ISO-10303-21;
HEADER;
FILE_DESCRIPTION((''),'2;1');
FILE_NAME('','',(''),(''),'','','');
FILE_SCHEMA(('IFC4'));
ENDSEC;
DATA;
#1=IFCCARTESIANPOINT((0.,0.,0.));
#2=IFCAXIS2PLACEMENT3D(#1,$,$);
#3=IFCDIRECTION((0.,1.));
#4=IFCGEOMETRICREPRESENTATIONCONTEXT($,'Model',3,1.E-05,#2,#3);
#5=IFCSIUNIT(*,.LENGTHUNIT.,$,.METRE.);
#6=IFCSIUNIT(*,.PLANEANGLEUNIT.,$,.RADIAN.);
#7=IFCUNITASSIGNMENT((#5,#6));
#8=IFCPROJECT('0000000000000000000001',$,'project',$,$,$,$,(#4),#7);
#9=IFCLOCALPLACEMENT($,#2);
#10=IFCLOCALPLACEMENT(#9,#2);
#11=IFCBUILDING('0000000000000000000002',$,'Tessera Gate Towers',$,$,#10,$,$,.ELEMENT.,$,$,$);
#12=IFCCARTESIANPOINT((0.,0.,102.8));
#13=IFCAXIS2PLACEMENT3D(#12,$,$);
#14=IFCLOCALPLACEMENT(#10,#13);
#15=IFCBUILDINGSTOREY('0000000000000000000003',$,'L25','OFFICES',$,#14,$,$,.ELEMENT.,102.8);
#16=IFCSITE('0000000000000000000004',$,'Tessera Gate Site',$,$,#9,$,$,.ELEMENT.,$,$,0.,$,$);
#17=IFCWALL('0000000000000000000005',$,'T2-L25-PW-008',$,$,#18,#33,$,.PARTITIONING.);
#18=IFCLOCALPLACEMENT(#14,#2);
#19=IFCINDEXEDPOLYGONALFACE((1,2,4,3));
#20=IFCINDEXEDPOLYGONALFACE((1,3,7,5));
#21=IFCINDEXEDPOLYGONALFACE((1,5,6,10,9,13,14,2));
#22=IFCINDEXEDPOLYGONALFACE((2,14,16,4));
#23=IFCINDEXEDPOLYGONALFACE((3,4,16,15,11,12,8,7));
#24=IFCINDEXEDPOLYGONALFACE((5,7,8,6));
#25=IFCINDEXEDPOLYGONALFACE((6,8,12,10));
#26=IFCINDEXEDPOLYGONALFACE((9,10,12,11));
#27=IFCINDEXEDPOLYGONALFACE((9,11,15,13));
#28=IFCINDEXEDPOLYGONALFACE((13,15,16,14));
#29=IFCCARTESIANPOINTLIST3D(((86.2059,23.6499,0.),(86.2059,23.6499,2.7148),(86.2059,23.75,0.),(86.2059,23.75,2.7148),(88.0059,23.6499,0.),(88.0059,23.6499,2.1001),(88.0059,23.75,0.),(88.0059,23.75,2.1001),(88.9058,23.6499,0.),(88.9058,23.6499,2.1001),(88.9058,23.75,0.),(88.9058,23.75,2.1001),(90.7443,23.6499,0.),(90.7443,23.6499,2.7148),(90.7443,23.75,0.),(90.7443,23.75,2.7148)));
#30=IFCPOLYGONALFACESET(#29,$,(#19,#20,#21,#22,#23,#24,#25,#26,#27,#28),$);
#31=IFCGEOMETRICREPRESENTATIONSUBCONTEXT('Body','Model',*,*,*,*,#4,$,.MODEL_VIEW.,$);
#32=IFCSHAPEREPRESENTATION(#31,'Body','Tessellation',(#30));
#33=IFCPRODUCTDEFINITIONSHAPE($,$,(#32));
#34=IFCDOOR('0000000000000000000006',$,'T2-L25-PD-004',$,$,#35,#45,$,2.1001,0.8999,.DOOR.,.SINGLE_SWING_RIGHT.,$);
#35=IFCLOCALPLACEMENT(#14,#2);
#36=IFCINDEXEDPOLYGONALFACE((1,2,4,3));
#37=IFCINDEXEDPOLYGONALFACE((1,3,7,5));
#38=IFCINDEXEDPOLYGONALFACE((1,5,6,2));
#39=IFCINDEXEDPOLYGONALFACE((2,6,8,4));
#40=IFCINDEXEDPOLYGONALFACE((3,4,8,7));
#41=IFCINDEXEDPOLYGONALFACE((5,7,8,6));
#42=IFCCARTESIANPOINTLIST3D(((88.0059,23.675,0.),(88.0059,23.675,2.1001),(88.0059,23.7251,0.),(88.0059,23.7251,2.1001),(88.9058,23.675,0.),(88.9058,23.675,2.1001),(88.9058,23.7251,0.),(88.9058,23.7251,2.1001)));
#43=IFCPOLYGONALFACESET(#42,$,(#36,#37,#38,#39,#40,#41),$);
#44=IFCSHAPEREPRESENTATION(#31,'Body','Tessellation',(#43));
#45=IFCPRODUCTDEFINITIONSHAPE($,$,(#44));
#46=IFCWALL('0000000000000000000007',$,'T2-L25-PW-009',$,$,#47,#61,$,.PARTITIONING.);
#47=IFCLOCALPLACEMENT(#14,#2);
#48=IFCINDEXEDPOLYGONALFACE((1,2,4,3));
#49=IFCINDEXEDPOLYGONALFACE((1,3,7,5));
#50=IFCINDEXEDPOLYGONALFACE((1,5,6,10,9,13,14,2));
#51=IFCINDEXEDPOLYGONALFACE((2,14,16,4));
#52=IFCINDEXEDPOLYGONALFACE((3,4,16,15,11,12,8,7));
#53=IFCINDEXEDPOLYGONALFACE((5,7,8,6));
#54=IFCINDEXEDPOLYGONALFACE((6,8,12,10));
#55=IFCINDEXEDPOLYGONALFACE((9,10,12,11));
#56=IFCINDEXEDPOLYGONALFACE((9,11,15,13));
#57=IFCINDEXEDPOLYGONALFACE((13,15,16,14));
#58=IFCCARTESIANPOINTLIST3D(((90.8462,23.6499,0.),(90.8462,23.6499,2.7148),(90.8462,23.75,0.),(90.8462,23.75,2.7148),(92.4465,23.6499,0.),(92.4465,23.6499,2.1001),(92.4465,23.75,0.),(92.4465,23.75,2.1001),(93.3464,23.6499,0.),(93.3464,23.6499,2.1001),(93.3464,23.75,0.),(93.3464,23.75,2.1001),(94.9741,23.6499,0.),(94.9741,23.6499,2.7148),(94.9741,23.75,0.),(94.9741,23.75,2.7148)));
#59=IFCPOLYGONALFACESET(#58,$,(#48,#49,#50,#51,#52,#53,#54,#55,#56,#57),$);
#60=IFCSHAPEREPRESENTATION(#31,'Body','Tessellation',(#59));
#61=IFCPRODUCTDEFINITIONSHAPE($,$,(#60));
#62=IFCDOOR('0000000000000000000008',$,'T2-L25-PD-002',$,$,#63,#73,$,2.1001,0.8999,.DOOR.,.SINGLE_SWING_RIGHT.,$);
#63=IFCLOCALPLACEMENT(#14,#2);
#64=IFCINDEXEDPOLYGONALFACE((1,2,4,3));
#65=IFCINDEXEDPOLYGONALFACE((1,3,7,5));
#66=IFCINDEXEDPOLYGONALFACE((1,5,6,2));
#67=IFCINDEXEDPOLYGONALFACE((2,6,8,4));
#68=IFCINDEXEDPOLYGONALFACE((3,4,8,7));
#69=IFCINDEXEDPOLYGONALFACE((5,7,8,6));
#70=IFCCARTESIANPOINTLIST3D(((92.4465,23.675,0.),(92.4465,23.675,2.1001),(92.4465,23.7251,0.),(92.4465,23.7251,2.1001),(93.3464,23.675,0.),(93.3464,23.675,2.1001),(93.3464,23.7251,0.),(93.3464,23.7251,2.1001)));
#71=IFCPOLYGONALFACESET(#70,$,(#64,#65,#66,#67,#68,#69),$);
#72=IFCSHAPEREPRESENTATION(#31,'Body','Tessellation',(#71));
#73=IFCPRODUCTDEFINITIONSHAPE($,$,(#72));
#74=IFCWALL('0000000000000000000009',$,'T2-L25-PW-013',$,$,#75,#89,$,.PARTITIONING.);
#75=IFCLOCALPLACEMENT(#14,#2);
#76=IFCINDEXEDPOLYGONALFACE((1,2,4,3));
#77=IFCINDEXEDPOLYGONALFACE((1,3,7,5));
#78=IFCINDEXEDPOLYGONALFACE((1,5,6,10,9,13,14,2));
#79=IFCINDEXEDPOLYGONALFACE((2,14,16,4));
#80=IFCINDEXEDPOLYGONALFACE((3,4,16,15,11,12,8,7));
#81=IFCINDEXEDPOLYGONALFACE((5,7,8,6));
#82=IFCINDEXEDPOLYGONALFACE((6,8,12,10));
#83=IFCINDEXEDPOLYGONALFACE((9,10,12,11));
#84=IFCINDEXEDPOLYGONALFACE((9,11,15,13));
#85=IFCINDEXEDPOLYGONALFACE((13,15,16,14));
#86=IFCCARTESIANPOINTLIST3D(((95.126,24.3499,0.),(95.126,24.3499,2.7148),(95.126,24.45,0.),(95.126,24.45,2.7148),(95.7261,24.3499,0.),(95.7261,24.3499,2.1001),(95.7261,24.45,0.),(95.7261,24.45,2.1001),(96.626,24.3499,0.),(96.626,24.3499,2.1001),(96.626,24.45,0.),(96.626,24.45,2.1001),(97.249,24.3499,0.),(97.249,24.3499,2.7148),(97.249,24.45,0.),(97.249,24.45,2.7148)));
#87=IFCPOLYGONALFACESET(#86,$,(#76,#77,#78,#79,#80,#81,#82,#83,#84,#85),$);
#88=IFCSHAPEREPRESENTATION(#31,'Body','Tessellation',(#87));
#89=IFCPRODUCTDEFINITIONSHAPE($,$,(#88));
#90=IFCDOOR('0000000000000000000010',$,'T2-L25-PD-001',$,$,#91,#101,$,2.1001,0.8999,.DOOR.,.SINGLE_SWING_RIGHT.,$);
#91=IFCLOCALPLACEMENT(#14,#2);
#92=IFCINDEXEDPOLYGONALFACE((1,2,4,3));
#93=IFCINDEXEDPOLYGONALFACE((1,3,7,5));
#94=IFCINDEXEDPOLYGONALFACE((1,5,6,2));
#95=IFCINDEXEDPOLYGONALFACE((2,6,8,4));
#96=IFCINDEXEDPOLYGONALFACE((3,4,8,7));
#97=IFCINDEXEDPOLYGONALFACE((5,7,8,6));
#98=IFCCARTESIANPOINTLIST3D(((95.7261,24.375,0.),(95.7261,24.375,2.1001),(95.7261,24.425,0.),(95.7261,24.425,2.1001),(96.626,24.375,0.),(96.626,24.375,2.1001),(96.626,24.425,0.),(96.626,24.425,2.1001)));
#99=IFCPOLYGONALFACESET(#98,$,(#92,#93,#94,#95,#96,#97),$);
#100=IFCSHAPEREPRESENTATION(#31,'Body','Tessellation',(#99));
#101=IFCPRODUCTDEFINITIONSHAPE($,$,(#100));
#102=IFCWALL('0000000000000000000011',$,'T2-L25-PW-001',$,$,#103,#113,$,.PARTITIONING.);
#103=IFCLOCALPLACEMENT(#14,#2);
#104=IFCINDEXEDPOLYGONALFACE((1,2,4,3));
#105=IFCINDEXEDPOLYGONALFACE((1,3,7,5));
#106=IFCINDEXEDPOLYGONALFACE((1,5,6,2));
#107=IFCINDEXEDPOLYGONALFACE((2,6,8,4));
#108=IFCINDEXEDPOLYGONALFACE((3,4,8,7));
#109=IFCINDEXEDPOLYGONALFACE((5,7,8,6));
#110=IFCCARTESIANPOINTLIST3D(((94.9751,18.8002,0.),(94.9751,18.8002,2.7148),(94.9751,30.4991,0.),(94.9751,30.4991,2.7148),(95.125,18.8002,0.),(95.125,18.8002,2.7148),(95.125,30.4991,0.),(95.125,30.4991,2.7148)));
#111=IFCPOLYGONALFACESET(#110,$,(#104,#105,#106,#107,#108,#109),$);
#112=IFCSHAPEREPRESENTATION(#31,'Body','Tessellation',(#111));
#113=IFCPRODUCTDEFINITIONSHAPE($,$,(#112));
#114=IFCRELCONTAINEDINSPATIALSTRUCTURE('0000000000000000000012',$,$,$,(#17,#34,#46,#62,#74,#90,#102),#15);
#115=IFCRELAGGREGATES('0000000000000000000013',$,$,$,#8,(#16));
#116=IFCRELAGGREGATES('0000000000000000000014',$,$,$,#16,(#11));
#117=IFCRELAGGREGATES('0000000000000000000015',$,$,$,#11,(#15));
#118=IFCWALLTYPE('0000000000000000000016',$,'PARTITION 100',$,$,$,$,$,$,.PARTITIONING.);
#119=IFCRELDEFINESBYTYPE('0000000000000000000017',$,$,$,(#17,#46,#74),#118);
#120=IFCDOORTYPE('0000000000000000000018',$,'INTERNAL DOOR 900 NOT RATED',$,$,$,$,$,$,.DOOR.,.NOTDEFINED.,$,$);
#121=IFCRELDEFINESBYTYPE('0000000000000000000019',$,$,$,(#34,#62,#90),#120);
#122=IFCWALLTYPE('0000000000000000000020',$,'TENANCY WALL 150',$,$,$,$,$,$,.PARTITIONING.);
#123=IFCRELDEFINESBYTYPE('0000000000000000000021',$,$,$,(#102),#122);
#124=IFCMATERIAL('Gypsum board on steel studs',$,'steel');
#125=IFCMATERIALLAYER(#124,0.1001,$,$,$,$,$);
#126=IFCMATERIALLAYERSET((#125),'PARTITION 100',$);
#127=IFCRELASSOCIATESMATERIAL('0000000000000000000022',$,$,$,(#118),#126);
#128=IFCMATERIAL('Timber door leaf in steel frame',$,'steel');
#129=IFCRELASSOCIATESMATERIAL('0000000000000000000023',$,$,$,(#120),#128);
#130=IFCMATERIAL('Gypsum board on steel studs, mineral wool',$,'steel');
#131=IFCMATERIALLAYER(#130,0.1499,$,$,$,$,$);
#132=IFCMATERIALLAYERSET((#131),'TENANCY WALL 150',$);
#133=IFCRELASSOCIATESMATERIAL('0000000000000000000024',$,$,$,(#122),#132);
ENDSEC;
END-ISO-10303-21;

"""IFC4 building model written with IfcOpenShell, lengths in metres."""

from ifc_helpers import new_model, si_unit, direction, frame, frame_2d, origin, place, context, subcontext, project, spatial, rectangle, extrude, source, transform, mapped, material, layer, layer_set, type_object, element, fill, save


model = new_model("IFC4")

# Units and contexts
model_context = context("Model", 3, precision=1e-05, world=origin(), true_north=direction((0.0, 1.0)))
body_context = subcontext(model_context, "Body", "Model", "MODEL_VIEW")
ifc_project = project(units=[si_unit("LENGTHUNIT", "METRE"), si_unit("PLANEANGLEUNIT", "RADIAN")], contexts=[model_context])

# Site, building, storey
site_placement = place(None, origin())
site = spatial("IfcSite", under=ifc_project, at=site_placement, Name="Tessera Gate Site", CompositionType="ELEMENT", RefElevation=0.0)
building_placement = place(site_placement, origin())
building = spatial("IfcBuilding", under=site, at=building_placement, Name="Tessera Gate Towers", CompositionType="ELEMENT")
storey_placement = place(building_placement, frame((0.0, 0.0, 102.8)))
storey = spatial("IfcBuildingStorey", under=building, at=storey_placement, Name="L25", Description="OFFICES", CompositionType="ELEMENT", Elevation=102.8)

# Shared definitions
ifc_material_1 = material(Name="Gypsum board on steel studs", Category="steel")
ifc_layer_1 = layer(ifc_material_1, 0.1001)
ifc_layer_set_1 = layer_set([ifc_layer_1], Name="PARTITION 100")
wall_type_1 = type_object("IfcWallType", Name="PARTITION 100", PredefinedType="PARTITIONING", material=ifc_layer_set_1)

# Walls, openings, doors
wall_1_placement = place(storey_placement, frame((90.7441, 23.7, 0.0), z_axis=(0.0, 0.0, 1.0), x_axis=(-1.0, 0.0, 0.0)))
wall_1 = element("IfcWall", 1, at=wall_1_placement, inside=storey, type_object=wall_type_1, Name="T2-L25-PW-008", PredefinedType="PARTITIONING", context=body_context, shape_type="SweptSolid", body=[
    extrude(rectangle(XDim=4.5383, YDim=0.1001, at=frame_2d((2.269, 0.0))), origin(), (0.0, 0.0, 1.0), 2.7148),
])
shared_shape_1 = source(origin(), body_context, "Body", "SweptSolid", [
    extrude(rectangle(XDim=0.8999, YDim=2.1001, at=frame_2d((0.45, 1.05))), frame((0.0, 0.0601, 0.0), z_axis=(0.0, -1.0, 0.0), x_axis=(1.0, 0.0, 0.0)), (0.0, 0.0, 1.0), 0.1201),
])
opening_1_placement = place(wall_1_placement, frame((1.8384, 0.0, 0.0)))
opening_1 = element("IfcOpeningElement", 2, at=opening_1_placement, cuts=wall_1, PredefinedType="OPENING", context=body_context, shape_type="MappedRepresentation", body=[
    mapped(shared_shape_1, transform((0.0, 0.0, 0.0), scale=1.0)),
])
ifc_material_2 = material(Name="Timber door leaf in steel frame", Category="steel")
door_type = type_object("IfcDoorType", Name="INTERNAL DOOR 900 NOT RATED", OperationType="NOTDEFINED", PredefinedType="DOOR", material=ifc_material_2)
shared_shape_2 = source(origin(), body_context, "Body", "SweptSolid", [
    extrude(rectangle(XDim=0.8999, YDim=2.1001, at=frame_2d((0.45, 1.05))), frame((0.0, 0.0249, 0.0), z_axis=(0.0, -1.0, 0.0), x_axis=(1.0, 0.0, 0.0)), (0.0, 0.0, 1.0), 0.05),
])
door_1_placement = place(opening_1_placement, origin())
door_1 = element("IfcDoor", 3, at=door_1_placement, inside=storey, type_object=door_type, Name="T2-L25-PD-004", OperationType="SINGLE_SWING_RIGHT", OverallHeight=2.1001, OverallWidth=0.8999, PredefinedType="DOOR", context=body_context, shape_type="MappedRepresentation", body=[
    mapped(shared_shape_2, transform((0.0, 0.0, 0.0), scale=1.0)),
])
fill(opening_1, door_1)
wall_2_placement = place(storey_placement, frame((94.9741, 23.7, 0.0), z_axis=(0.0, 0.0, 1.0), x_axis=(-1.0, 0.0, 0.0)))
wall_2 = element("IfcWall", 4, at=wall_2_placement, inside=storey, type_object=wall_type_1, Name="T2-L25-PW-009", PredefinedType="PARTITIONING", context=body_context, shape_type="SweptSolid", body=[
    extrude(rectangle(XDim=4.1279, YDim=0.1001, at=frame_2d((2.064, 0.0))), origin(), (0.0, 0.0, 1.0), 2.7148),
])
opening_2_placement = place(wall_2_placement, frame((1.6277, 0.0, 0.0)))
opening_2 = element("IfcOpeningElement", 5, at=opening_2_placement, cuts=wall_2, PredefinedType="OPENING", context=body_context, shape_type="MappedRepresentation", body=[
    mapped(shared_shape_1, transform((0.0, 0.0, 0.0), scale=1.0)),
])
door_2_placement = place(opening_2_placement, origin())
door_2 = element("IfcDoor", 6, at=door_2_placement, inside=storey, type_object=door_type, Name="T2-L25-PD-002", OperationType="SINGLE_SWING_RIGHT", OverallHeight=2.1001, OverallWidth=0.8999, PredefinedType="DOOR", context=body_context, shape_type="MappedRepresentation", body=[
    mapped(shared_shape_2, transform((0.0, 0.0, 0.0), scale=1.0)),
])
fill(opening_2, door_2)
wall_3_placement = place(storey_placement, frame((97.249, 24.3999, 0.0), z_axis=(0.0, 0.0, 1.0), x_axis=(-1.0, 0.0, 0.0)))
wall_3 = element("IfcWall", 7, at=wall_3_placement, inside=storey, type_object=wall_type_1, Name="T2-L25-PW-013", PredefinedType="PARTITIONING", context=body_context, shape_type="SweptSolid", body=[
    extrude(rectangle(XDim=2.123, YDim=0.1001, at=frame_2d((1.0615, 0.0))), origin(), (0.0, 0.0, 1.0), 2.7148),
])
opening_3_placement = place(wall_3_placement, frame((0.623, 0.0, 0.0)))
opening_3 = element("IfcOpeningElement", 8, at=opening_3_placement, cuts=wall_3, PredefinedType="OPENING", context=body_context, shape_type="MappedRepresentation", body=[
    mapped(shared_shape_1, transform((0.0, 0.0, 0.0), scale=1.0)),
])
door_3_placement = place(opening_3_placement, origin())
door_3 = element("IfcDoor", 9, at=door_3_placement, inside=storey, type_object=door_type, Name="T2-L25-PD-001", OperationType="SINGLE_SWING_RIGHT", OverallHeight=2.1001, OverallWidth=0.8999, PredefinedType="DOOR", context=body_context, shape_type="MappedRepresentation", body=[
    mapped(shared_shape_2, transform((0.0, 0.0, 0.0), scale=1.0)),
])
fill(opening_3, door_3)

# Wall
ifc_material_3 = material(Name="Gypsum board on steel studs, mineral wool", Category="steel")
ifc_layer_2 = layer(ifc_material_3, 0.1499)
ifc_layer_set_2 = layer_set([ifc_layer_2], Name="TENANCY WALL 150")
wall_type_2 = type_object("IfcWallType", Name="TENANCY WALL 150", PredefinedType="PARTITIONING", material=ifc_layer_set_2)
wall_4_placement = place(storey_placement, frame((95.05, 18.8, 0.0), z_axis=(0.0, 0.0, 1.0), x_axis=(0.0, 1.0, 0.0)))
element("IfcWall", 10, at=wall_4_placement, inside=storey, type_object=wall_type_2, Name="T2-L25-PW-001", PredefinedType="PARTITIONING", context=body_context, shape_type="SweptSolid", body=[
    extrude(rectangle(XDim=11.699, YDim=0.1499, at=frame_2d((5.8496, 0.0))), origin(), (0.0, 0.0, 1.0), 2.7148),
])

save(model, "model.ifc")
